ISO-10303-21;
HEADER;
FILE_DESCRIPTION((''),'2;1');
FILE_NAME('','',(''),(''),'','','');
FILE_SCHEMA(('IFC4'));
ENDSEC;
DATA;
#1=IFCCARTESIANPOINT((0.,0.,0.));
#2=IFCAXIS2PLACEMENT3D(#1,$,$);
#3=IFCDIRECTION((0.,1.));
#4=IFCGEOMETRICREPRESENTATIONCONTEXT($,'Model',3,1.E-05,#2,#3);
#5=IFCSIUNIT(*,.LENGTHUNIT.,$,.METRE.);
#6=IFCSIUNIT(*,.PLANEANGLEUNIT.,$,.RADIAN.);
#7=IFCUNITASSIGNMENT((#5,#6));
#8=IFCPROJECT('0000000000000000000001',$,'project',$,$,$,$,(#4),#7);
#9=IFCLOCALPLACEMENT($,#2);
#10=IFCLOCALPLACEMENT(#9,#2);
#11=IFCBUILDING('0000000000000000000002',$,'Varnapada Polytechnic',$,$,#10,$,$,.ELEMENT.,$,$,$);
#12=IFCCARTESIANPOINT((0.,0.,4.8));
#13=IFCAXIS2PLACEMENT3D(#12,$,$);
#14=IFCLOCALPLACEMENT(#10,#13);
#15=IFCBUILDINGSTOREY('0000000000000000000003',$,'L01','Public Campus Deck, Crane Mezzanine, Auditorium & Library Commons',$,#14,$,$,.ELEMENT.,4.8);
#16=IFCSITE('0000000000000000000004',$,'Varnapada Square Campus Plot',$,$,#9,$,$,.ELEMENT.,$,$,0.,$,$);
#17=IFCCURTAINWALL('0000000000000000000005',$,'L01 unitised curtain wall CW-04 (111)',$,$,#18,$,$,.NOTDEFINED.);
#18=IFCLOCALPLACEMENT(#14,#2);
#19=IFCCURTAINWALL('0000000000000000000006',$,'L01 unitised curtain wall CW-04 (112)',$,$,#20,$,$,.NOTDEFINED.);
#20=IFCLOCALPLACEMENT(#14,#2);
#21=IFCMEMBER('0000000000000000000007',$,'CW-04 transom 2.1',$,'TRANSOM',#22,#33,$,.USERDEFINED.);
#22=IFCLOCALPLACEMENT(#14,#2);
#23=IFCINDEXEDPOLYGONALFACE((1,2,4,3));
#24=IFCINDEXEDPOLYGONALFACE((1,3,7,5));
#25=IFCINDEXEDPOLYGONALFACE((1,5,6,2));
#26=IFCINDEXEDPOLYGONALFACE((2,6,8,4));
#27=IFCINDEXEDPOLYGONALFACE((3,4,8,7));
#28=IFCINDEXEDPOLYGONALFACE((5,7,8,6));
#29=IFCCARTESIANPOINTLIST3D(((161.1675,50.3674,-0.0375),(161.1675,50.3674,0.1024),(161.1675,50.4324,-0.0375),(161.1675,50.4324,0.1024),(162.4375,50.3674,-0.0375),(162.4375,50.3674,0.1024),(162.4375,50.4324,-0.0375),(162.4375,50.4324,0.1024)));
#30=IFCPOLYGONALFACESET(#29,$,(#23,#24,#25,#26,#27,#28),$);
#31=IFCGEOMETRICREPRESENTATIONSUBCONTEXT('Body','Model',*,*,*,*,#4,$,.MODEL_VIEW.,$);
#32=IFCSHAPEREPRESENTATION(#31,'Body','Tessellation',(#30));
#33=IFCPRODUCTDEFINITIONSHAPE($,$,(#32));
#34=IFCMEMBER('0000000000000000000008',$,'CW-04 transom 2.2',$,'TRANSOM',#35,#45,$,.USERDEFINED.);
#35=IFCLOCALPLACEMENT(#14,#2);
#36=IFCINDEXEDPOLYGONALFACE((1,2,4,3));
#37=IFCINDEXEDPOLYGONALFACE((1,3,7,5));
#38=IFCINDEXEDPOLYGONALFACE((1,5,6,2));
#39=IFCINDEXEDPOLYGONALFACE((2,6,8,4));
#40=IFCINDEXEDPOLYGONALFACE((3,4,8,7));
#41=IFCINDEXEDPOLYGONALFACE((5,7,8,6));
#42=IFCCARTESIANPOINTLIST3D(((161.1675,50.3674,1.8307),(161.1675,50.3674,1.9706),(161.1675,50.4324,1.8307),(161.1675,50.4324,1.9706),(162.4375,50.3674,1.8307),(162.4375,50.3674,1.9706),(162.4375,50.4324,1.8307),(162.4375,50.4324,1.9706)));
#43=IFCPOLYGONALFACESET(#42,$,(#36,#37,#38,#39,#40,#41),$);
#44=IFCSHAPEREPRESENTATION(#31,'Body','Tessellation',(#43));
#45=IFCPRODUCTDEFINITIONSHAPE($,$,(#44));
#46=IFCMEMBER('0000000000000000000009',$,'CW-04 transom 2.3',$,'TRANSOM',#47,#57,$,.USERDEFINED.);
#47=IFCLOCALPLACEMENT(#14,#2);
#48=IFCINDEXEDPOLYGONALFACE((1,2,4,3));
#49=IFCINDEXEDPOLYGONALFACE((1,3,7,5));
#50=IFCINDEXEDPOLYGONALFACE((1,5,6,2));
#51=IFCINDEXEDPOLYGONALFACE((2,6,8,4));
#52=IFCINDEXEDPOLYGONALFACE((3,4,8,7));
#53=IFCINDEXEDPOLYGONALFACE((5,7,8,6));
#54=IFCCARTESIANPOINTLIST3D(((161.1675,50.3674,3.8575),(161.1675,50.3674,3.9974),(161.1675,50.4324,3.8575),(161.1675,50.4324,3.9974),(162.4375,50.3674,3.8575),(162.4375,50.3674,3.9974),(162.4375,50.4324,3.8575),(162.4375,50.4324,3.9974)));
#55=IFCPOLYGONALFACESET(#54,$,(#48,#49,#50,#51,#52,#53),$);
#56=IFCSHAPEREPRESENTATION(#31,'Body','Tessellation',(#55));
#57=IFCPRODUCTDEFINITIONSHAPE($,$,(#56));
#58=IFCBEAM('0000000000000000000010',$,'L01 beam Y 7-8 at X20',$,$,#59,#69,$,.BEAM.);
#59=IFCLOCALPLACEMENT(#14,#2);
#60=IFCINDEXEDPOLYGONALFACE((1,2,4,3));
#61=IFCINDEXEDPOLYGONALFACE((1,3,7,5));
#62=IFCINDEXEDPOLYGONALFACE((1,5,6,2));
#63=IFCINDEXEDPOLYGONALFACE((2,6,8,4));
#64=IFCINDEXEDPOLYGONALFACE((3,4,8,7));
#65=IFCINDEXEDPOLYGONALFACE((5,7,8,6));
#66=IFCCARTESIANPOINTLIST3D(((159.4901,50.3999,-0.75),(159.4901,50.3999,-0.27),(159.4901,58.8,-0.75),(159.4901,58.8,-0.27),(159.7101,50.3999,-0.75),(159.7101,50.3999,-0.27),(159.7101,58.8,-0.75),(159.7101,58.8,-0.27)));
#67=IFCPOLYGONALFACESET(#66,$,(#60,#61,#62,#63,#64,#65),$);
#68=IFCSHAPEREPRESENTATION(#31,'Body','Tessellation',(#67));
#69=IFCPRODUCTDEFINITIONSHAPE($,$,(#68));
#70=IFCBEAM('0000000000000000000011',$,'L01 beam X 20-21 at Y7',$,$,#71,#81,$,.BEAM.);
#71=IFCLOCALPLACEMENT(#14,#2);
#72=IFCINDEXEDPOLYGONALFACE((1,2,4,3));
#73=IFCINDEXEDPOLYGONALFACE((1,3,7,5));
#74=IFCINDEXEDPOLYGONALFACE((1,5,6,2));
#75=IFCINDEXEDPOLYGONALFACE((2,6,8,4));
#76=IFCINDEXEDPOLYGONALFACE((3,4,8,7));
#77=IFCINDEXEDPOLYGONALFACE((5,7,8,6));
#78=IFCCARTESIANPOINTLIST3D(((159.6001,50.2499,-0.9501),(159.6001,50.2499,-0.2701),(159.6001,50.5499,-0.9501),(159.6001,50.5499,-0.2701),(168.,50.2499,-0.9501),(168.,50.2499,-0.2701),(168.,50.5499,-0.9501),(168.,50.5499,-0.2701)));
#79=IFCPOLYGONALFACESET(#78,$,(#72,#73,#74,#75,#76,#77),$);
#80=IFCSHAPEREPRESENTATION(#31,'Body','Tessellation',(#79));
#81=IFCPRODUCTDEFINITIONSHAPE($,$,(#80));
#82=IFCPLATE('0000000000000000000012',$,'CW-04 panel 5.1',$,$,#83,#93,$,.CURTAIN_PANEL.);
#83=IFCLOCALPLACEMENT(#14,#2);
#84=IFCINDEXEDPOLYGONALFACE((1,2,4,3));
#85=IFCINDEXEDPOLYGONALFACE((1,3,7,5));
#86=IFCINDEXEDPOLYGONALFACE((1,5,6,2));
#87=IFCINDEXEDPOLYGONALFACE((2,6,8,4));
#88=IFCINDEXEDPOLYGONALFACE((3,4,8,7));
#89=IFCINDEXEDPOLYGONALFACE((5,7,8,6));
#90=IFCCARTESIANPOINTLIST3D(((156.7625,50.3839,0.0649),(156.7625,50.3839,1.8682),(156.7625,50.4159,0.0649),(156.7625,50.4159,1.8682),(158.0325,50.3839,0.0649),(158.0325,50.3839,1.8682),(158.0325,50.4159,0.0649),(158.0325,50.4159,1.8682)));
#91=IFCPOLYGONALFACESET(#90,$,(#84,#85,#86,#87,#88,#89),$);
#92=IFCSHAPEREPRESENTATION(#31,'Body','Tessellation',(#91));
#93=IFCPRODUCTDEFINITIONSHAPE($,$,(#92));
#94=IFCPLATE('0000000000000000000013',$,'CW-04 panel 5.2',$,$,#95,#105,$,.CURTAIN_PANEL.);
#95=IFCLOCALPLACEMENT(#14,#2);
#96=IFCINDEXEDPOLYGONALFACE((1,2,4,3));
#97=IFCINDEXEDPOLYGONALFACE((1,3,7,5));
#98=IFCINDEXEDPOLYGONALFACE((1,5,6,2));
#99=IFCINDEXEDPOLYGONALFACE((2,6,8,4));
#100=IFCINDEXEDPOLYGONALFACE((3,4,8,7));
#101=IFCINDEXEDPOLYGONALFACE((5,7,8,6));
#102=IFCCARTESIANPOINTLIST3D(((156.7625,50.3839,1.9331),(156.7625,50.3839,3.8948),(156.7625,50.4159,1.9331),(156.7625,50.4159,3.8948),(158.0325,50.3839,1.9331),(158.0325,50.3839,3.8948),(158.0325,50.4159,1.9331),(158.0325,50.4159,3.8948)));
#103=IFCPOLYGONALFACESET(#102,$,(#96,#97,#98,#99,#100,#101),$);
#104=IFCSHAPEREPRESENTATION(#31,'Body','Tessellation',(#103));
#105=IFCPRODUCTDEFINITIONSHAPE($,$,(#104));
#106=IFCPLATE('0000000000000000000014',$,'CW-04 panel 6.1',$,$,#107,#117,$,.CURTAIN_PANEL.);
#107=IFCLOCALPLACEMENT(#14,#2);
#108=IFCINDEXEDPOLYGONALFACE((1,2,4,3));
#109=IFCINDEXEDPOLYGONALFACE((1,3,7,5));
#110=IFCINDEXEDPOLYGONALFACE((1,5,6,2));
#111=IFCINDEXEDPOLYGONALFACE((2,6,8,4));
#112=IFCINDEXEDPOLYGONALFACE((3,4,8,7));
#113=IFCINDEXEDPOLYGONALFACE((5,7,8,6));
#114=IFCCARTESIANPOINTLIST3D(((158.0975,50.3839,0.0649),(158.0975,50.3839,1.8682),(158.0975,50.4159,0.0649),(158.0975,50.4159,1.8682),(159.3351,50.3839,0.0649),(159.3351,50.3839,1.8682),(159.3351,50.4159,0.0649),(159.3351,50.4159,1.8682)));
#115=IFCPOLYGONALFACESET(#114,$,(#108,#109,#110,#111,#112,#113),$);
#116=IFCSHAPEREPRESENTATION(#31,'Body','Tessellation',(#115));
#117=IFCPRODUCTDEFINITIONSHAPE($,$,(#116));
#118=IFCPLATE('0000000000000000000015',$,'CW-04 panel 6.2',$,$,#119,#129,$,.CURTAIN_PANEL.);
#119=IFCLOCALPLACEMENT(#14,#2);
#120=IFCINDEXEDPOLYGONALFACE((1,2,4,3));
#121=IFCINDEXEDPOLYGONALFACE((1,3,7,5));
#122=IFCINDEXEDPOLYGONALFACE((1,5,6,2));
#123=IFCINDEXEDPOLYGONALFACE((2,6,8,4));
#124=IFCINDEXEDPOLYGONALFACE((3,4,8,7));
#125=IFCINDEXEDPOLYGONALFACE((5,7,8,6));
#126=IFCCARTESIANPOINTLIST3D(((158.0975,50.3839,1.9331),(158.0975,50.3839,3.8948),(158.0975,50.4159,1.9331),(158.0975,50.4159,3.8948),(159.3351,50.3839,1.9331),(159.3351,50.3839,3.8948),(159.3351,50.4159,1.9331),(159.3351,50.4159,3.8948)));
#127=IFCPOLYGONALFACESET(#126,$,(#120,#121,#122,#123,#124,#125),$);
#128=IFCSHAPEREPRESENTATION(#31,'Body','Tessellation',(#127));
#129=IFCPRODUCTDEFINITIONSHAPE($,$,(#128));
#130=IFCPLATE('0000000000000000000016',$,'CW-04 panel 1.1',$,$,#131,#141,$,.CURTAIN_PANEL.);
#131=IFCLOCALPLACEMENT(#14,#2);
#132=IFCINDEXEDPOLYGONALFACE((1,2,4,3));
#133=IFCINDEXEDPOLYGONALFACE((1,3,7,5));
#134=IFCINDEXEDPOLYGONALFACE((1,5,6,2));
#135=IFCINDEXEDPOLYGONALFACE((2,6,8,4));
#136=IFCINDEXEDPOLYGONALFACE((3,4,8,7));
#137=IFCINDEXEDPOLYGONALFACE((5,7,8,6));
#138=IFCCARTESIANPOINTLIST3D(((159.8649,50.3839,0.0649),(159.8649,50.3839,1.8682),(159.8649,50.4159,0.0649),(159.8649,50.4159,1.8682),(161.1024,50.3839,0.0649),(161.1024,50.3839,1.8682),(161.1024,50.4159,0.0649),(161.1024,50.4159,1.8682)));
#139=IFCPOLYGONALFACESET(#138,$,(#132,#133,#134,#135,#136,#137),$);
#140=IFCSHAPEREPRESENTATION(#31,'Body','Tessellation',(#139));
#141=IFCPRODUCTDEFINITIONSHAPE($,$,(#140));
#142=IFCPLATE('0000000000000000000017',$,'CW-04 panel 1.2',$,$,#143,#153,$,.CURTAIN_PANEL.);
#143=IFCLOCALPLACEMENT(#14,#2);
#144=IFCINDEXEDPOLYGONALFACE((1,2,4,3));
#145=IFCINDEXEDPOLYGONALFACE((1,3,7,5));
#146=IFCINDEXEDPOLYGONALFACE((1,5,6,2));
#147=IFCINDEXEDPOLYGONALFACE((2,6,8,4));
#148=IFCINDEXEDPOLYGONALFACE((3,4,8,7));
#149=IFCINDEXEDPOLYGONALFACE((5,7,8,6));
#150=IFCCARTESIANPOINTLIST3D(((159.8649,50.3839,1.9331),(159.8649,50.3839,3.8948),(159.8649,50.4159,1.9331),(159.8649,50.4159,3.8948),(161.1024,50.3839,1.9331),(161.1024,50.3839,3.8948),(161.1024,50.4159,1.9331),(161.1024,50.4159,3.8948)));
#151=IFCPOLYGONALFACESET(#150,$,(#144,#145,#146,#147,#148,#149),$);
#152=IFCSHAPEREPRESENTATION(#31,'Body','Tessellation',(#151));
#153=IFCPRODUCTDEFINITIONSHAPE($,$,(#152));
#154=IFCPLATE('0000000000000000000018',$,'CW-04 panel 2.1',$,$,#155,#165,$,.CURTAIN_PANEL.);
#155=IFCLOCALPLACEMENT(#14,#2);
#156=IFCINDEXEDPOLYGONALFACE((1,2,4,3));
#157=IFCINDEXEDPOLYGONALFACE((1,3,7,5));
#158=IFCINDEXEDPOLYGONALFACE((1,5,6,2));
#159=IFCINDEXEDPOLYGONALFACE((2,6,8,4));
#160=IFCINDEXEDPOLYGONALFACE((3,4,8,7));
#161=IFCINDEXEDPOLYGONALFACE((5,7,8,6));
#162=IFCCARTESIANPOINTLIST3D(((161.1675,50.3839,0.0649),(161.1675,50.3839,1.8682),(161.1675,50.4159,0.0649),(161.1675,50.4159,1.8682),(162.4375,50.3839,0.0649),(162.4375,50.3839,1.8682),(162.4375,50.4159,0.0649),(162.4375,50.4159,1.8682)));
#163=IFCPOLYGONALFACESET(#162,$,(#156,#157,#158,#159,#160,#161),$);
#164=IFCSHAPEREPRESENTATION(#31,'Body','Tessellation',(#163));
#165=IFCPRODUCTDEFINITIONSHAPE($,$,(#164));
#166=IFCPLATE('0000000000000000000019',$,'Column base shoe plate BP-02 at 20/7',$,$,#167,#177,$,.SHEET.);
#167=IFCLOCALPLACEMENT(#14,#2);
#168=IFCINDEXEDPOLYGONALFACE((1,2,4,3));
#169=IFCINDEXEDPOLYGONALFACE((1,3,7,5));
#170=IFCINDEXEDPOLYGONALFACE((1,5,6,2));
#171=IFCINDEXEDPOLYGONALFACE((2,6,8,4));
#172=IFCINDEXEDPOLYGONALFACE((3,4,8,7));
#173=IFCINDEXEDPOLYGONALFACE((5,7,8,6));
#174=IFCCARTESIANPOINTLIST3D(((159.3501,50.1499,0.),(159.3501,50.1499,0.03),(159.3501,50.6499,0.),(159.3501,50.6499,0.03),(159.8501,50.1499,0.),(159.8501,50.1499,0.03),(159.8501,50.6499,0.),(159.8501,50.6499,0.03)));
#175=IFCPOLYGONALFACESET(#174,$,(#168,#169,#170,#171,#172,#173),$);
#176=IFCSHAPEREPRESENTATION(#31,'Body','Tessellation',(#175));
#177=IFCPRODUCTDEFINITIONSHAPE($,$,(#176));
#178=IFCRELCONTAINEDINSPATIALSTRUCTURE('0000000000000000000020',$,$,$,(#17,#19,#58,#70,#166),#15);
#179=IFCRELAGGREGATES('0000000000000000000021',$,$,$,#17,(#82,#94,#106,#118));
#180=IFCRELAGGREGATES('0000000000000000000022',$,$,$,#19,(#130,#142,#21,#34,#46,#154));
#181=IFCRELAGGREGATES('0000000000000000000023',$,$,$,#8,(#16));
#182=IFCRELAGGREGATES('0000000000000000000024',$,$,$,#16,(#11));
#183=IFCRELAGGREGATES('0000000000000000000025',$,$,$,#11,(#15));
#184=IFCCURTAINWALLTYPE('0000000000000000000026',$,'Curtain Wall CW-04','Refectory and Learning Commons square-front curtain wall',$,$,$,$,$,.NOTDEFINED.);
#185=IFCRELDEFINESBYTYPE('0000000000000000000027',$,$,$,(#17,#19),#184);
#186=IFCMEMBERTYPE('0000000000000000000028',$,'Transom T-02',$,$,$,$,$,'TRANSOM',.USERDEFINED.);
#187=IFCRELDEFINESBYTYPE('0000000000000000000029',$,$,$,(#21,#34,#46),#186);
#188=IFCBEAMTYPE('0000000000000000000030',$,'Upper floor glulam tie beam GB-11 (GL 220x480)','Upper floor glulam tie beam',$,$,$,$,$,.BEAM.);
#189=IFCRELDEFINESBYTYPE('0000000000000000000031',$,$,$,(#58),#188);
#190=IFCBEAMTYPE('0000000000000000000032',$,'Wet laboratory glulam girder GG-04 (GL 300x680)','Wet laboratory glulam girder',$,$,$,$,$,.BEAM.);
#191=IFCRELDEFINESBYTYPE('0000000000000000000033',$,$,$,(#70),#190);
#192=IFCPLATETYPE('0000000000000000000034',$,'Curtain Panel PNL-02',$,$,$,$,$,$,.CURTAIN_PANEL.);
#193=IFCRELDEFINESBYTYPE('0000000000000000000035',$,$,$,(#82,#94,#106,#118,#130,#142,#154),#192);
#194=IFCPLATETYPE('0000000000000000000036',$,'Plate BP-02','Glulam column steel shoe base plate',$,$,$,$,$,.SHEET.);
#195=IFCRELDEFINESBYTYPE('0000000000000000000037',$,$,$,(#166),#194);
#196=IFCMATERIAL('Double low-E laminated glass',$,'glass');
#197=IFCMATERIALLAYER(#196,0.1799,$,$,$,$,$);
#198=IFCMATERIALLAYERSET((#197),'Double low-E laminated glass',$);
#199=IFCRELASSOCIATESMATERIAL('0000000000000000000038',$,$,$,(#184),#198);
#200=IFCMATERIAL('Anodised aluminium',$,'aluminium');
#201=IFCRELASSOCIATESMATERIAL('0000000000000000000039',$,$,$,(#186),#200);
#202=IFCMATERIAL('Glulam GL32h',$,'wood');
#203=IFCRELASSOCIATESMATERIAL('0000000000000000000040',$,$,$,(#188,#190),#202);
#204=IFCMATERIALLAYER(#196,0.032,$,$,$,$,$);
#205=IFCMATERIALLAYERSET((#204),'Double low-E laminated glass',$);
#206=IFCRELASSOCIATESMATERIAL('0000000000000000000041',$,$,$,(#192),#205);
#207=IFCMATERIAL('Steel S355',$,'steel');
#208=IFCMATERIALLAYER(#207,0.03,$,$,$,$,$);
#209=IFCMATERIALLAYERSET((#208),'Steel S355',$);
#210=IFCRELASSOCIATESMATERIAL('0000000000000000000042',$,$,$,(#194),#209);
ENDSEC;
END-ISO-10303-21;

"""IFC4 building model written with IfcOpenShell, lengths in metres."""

from ifc_helpers import new_model, si_unit, direction, frame, origin, origin_2d, place, context, subcontext, project, spatial, rectangle, extrude, material, layer, layer_set, material_profile, profile_set, type_object, element, aggregate, save


model = new_model("IFC4")

# Units and contexts
model_context = context("Model", 3, precision=1e-05, world=origin(), true_north=direction((0.0, 1.0)))
body_context = subcontext(model_context, "Body", "Model", "MODEL_VIEW")
ifc_project = project(units=[si_unit("LENGTHUNIT", "METRE"), si_unit("PLANEANGLEUNIT", "RADIAN")], contexts=[model_context])

# Site, building, storey
site_placement = place(None, origin())
site = spatial("IfcSite", under=ifc_project, at=site_placement, Name="Varnapada Square Campus Plot", CompositionType="ELEMENT", RefElevation=0.0)
building_placement = place(site_placement, origin())
building = spatial("IfcBuilding", under=site, at=building_placement, Name="Varnapada Polytechnic", CompositionType="ELEMENT")
storey_placement = place(building_placement, frame((0.0, 0.0, 4.8)))
storey = spatial("IfcBuildingStorey", under=building, at=storey_placement, Name="L01", Description="Public Campus Deck, Crane Mezzanine, Auditorium & Library Commons", CompositionType="ELEMENT", Elevation=4.8)

# Shared definitions
ifc_material_1 = material(Name="Glulam GL32h", Category="wood")

# Curtain walls
ifc_material_2 = material(Name="Double low-E laminated glass", Category="glass")
ifc_layer_1 = layer(ifc_material_2, 0.1799)
ifc_layer_set_1 = layer_set([ifc_layer_1], Name="Double low-E laminated glass")
curtain_wall_type = type_object("IfcCurtainWallType", Name="Curtain Wall CW-04", Description="Refectory and Learning Commons square-front curtain wall", PredefinedType="NOTDEFINED", material=ifc_layer_set_1)
curtain_wall_1_placement = place(storey_placement, origin())
curtain_wall_1 = element("IfcCurtainWall", 1, at=curtain_wall_1_placement, inside=storey, type_object=curtain_wall_type, Name="L01 unitised curtain wall CW-04 (111)", PredefinedType="NOTDEFINED")
ifc_material_3 = material(Name="Anodised aluminium", Category="aluminium")
curtain_wall_2_placement = place(storey_placement, origin())
curtain_wall_2 = element("IfcCurtainWall", 2, at=curtain_wall_2_placement, inside=storey, type_object=curtain_wall_type, Name="L01 unitised curtain wall CW-04 (112)", PredefinedType="NOTDEFINED")

# Members
ifc_material_profile_1 = material_profile(ifc_material_3, rectangle(XDim=0.0649, YDim=0.1399, at=origin_2d()), Name="ALU T65x140")
ifc_profile_set_1 = profile_set([ifc_material_profile_1], Name="Anodised aluminium")
member_type_1 = type_object("IfcMemberType", Name="Transom T-02", ElementType="TRANSOM", PredefinedType="USERDEFINED", material=ifc_profile_set_1)
member_1_placement = place(storey_placement, frame((161.1675, 50.3999, 0.0325), z_axis=(1.0, 0.0, 0.0), x_axis=(0.0, 1.0, 0.0)))
member_1 = element("IfcMember", 3, at=member_1_placement, type_object=member_type_1, Name="CW-04 transom 2.1", ObjectType="TRANSOM", PredefinedType="USERDEFINED", context=body_context, shape_type="SweptSolid", body=[
    extrude(rectangle(XDim=0.0649, YDim=0.1399, at=origin_2d()), origin(), (0.0, 0.0, 1.0), 1.27),
])
member_2_placement = place(storey_placement, frame((161.1675, 50.3999, 1.9006), z_axis=(1.0, 0.0, 0.0), x_axis=(0.0, 1.0, 0.0)))
member_2 = element("IfcMember", 4, at=member_2_placement, type_object=member_type_1, Name="CW-04 transom 2.2", ObjectType="TRANSOM", PredefinedType="USERDEFINED", context=body_context, shape_type="SweptSolid", body=[
    extrude(rectangle(XDim=0.0649, YDim=0.1399, at=origin_2d()), origin(), (0.0, 0.0, 1.0), 1.27),
])
member_3_placement = place(storey_placement, frame((161.1675, 50.3999, 3.9275), z_axis=(1.0, 0.0, 0.0), x_axis=(0.0, 1.0, 0.0)))
member_3 = element("IfcMember", 5, at=member_3_placement, type_object=member_type_1, Name="CW-04 transom 2.3", ObjectType="TRANSOM", PredefinedType="USERDEFINED", context=body_context, shape_type="SweptSolid", body=[
    extrude(rectangle(XDim=0.0649, YDim=0.1399, at=origin_2d()), origin(), (0.0, 0.0, 1.0), 1.27),
])

# Beams
ifc_material_profile_2 = material_profile(ifc_material_1, rectangle(XDim=0.22, YDim=0.48, at=origin_2d()), Name="GL 220x480")
ifc_profile_set_2 = profile_set([ifc_material_profile_2], Name="Glulam GL32h")
beam_type_1 = type_object("IfcBeamType", Name="Upper floor glulam tie beam GB-11 (GL 220x480)", Description="Upper floor glulam tie beam", PredefinedType="BEAM", material=ifc_profile_set_2)
beam_1_placement = place(storey_placement, frame((159.6001, 50.3999, -0.51), z_axis=(0.0, 1.0, 0.0), x_axis=(-1.0, 0.0, 0.0)))
element("IfcBeam", 6, at=beam_1_placement, inside=storey, type_object=beam_type_1, Name="L01 beam Y 7-8 at X20", PredefinedType="BEAM", context=body_context, shape_type="SweptSolid", body=[
    extrude(rectangle(XDim=0.22, YDim=0.48, at=origin_2d()), origin(), (0.0, 0.0, 1.0), 8.4001),
])
ifc_material_profile_3 = material_profile(ifc_material_1, rectangle(XDim=0.3, YDim=0.6799, at=origin_2d()), Name="GL 300x680")
ifc_profile_set_3 = profile_set([ifc_material_profile_3], Name="Glulam GL32h")
beam_type_2 = type_object("IfcBeamType", Name="Wet laboratory glulam girder GG-04 (GL 300x680)", Description="Wet laboratory glulam girder", PredefinedType="BEAM", material=ifc_profile_set_3)
beam_2_placement = place(storey_placement, frame((159.6001, 50.3999, -0.6101), z_axis=(1.0, 0.0, 0.0), x_axis=(0.0, 1.0, 0.0)))
element("IfcBeam", 7, at=beam_2_placement, inside=storey, type_object=beam_type_2, Name="L01 beam X 20-21 at Y7", PredefinedType="BEAM", context=body_context, shape_type="SweptSolid", body=[
    extrude(rectangle(XDim=0.3, YDim=0.6799, at=origin_2d()), origin(), (0.0, 0.0, 1.0), 8.3999),
])

# Plates
ifc_layer_2 = layer(ifc_material_2, 0.032)
ifc_layer_set_2 = layer_set([ifc_layer_2], Name="Double low-E laminated glass")
plate_type_1 = type_object("IfcPlateType", Name="Curtain Panel PNL-02", PredefinedType="CURTAIN_PANEL", material=ifc_layer_set_2)
plate_1_placement = place(storey_placement, frame((157.3975, 50.3999, 0.0649), z_axis=(0.0, 0.0, 1.0), x_axis=(1.0, 0.0, 0.0)))
plate_1 = element("IfcPlate", 8, at=plate_1_placement, type_object=plate_type_1, Name="CW-04 panel 5.1", PredefinedType="CURTAIN_PANEL", context=body_context, shape_type="SweptSolid", body=[
    extrude(rectangle(XDim=1.27, YDim=0.032, at=origin_2d()), origin(), (0.0, 0.0, 1.0), 1.8032),
])
plate_2_placement = place(storey_placement, frame((157.3975, 50.3999, 1.9331), z_axis=(0.0, 0.0, 1.0), x_axis=(1.0, 0.0, 0.0)))
plate_2 = element("IfcPlate", 9, at=plate_2_placement, type_object=plate_type_1, Name="CW-04 panel 5.2", PredefinedType="CURTAIN_PANEL", context=body_context, shape_type="SweptSolid", body=[
    extrude(rectangle(XDim=1.27, YDim=0.032, at=origin_2d()), origin(), (0.0, 0.0, 1.0), 1.9617),
])
plate_3_placement = place(storey_placement, frame((158.7163, 50.3999, 0.0649), z_axis=(0.0, 0.0, 1.0), x_axis=(1.0, 0.0, 0.0)))
plate_3 = element("IfcPlate", 10, at=plate_3_placement, type_object=plate_type_1, Name="CW-04 panel 6.1", PredefinedType="CURTAIN_PANEL", context=body_context, shape_type="SweptSolid", body=[
    extrude(rectangle(XDim=1.2375, YDim=0.032, at=origin_2d()), origin(), (0.0, 0.0, 1.0), 1.8032),
])
plate_4_placement = place(storey_placement, frame((158.7163, 50.3999, 1.9331), z_axis=(0.0, 0.0, 1.0), x_axis=(1.0, 0.0, 0.0)))
plate_4 = element("IfcPlate", 11, at=plate_4_placement, type_object=plate_type_1, Name="CW-04 panel 6.2", PredefinedType="CURTAIN_PANEL", context=body_context, shape_type="SweptSolid", body=[
    extrude(rectangle(XDim=1.2375, YDim=0.032, at=origin_2d()), origin(), (0.0, 0.0, 1.0), 1.9617),
])
aggregate(curtain_wall_1, [plate_1, plate_2, plate_3, plate_4])
plate_5_placement = place(storey_placement, frame((160.4836, 50.3999, 0.0649), z_axis=(0.0, 0.0, 1.0), x_axis=(1.0, 0.0, 0.0)))
plate_5 = element("IfcPlate", 12, at=plate_5_placement, type_object=plate_type_1, Name="CW-04 panel 1.1", PredefinedType="CURTAIN_PANEL", context=body_context, shape_type="SweptSolid", body=[
    extrude(rectangle(XDim=1.2375, YDim=0.032, at=origin_2d()), origin(), (0.0, 0.0, 1.0), 1.8032),
])
plate_6_placement = place(storey_placement, frame((160.4836, 50.3999, 1.9331), z_axis=(0.0, 0.0, 1.0), x_axis=(1.0, 0.0, 0.0)))
plate_6 = element("IfcPlate", 13, at=plate_6_placement, type_object=plate_type_1, Name="CW-04 panel 1.2", PredefinedType="CURTAIN_PANEL", context=body_context, shape_type="SweptSolid", body=[
    extrude(rectangle(XDim=1.2375, YDim=0.032, at=origin_2d()), origin(), (0.0, 0.0, 1.0), 1.9617),
])
plate_7_placement = place(storey_placement, frame((161.8025, 50.3999, 0.0649), z_axis=(0.0, 0.0, 1.0), x_axis=(1.0, 0.0, 0.0)))
plate_7 = element("IfcPlate", 14, at=plate_7_placement, type_object=plate_type_1, Name="CW-04 panel 2.1", PredefinedType="CURTAIN_PANEL", context=body_context, shape_type="SweptSolid", body=[
    extrude(rectangle(XDim=1.27, YDim=0.032, at=origin_2d()), origin(), (0.0, 0.0, 1.0), 1.8032),
])
aggregate(curtain_wall_2, [plate_5, plate_6, member_1, member_2, member_3, plate_7])
ifc_material_4 = material(Name="Steel S355", Category="steel")
ifc_layer_3 = layer(ifc_material_4, 0.03)
ifc_layer_set_3 = layer_set([ifc_layer_3], Name="Steel S355")
plate_type_2 = type_object("IfcPlateType", Name="Plate BP-02", Description="Glulam column steel shoe base plate", PredefinedType="SHEET", material=ifc_layer_set_3)
plate_8_placement = place(storey_placement, frame((159.6001, 50.3999, 0.0), z_axis=(0.0, 0.0, 1.0), x_axis=(1.0, 0.0, 0.0)))
element("IfcPlate", 15, at=plate_8_placement, inside=storey, type_object=plate_type_2, Name="Column base shoe plate BP-02 at 20/7", PredefinedType="SHEET", context=body_context, shape_type="SweptSolid", body=[
    extrude(rectangle(XDim=0.5, YDim=0.5, at=origin_2d()), origin(), (0.0, 0.0, 1.0), 0.03),
])

save(model, "model.ifc")
